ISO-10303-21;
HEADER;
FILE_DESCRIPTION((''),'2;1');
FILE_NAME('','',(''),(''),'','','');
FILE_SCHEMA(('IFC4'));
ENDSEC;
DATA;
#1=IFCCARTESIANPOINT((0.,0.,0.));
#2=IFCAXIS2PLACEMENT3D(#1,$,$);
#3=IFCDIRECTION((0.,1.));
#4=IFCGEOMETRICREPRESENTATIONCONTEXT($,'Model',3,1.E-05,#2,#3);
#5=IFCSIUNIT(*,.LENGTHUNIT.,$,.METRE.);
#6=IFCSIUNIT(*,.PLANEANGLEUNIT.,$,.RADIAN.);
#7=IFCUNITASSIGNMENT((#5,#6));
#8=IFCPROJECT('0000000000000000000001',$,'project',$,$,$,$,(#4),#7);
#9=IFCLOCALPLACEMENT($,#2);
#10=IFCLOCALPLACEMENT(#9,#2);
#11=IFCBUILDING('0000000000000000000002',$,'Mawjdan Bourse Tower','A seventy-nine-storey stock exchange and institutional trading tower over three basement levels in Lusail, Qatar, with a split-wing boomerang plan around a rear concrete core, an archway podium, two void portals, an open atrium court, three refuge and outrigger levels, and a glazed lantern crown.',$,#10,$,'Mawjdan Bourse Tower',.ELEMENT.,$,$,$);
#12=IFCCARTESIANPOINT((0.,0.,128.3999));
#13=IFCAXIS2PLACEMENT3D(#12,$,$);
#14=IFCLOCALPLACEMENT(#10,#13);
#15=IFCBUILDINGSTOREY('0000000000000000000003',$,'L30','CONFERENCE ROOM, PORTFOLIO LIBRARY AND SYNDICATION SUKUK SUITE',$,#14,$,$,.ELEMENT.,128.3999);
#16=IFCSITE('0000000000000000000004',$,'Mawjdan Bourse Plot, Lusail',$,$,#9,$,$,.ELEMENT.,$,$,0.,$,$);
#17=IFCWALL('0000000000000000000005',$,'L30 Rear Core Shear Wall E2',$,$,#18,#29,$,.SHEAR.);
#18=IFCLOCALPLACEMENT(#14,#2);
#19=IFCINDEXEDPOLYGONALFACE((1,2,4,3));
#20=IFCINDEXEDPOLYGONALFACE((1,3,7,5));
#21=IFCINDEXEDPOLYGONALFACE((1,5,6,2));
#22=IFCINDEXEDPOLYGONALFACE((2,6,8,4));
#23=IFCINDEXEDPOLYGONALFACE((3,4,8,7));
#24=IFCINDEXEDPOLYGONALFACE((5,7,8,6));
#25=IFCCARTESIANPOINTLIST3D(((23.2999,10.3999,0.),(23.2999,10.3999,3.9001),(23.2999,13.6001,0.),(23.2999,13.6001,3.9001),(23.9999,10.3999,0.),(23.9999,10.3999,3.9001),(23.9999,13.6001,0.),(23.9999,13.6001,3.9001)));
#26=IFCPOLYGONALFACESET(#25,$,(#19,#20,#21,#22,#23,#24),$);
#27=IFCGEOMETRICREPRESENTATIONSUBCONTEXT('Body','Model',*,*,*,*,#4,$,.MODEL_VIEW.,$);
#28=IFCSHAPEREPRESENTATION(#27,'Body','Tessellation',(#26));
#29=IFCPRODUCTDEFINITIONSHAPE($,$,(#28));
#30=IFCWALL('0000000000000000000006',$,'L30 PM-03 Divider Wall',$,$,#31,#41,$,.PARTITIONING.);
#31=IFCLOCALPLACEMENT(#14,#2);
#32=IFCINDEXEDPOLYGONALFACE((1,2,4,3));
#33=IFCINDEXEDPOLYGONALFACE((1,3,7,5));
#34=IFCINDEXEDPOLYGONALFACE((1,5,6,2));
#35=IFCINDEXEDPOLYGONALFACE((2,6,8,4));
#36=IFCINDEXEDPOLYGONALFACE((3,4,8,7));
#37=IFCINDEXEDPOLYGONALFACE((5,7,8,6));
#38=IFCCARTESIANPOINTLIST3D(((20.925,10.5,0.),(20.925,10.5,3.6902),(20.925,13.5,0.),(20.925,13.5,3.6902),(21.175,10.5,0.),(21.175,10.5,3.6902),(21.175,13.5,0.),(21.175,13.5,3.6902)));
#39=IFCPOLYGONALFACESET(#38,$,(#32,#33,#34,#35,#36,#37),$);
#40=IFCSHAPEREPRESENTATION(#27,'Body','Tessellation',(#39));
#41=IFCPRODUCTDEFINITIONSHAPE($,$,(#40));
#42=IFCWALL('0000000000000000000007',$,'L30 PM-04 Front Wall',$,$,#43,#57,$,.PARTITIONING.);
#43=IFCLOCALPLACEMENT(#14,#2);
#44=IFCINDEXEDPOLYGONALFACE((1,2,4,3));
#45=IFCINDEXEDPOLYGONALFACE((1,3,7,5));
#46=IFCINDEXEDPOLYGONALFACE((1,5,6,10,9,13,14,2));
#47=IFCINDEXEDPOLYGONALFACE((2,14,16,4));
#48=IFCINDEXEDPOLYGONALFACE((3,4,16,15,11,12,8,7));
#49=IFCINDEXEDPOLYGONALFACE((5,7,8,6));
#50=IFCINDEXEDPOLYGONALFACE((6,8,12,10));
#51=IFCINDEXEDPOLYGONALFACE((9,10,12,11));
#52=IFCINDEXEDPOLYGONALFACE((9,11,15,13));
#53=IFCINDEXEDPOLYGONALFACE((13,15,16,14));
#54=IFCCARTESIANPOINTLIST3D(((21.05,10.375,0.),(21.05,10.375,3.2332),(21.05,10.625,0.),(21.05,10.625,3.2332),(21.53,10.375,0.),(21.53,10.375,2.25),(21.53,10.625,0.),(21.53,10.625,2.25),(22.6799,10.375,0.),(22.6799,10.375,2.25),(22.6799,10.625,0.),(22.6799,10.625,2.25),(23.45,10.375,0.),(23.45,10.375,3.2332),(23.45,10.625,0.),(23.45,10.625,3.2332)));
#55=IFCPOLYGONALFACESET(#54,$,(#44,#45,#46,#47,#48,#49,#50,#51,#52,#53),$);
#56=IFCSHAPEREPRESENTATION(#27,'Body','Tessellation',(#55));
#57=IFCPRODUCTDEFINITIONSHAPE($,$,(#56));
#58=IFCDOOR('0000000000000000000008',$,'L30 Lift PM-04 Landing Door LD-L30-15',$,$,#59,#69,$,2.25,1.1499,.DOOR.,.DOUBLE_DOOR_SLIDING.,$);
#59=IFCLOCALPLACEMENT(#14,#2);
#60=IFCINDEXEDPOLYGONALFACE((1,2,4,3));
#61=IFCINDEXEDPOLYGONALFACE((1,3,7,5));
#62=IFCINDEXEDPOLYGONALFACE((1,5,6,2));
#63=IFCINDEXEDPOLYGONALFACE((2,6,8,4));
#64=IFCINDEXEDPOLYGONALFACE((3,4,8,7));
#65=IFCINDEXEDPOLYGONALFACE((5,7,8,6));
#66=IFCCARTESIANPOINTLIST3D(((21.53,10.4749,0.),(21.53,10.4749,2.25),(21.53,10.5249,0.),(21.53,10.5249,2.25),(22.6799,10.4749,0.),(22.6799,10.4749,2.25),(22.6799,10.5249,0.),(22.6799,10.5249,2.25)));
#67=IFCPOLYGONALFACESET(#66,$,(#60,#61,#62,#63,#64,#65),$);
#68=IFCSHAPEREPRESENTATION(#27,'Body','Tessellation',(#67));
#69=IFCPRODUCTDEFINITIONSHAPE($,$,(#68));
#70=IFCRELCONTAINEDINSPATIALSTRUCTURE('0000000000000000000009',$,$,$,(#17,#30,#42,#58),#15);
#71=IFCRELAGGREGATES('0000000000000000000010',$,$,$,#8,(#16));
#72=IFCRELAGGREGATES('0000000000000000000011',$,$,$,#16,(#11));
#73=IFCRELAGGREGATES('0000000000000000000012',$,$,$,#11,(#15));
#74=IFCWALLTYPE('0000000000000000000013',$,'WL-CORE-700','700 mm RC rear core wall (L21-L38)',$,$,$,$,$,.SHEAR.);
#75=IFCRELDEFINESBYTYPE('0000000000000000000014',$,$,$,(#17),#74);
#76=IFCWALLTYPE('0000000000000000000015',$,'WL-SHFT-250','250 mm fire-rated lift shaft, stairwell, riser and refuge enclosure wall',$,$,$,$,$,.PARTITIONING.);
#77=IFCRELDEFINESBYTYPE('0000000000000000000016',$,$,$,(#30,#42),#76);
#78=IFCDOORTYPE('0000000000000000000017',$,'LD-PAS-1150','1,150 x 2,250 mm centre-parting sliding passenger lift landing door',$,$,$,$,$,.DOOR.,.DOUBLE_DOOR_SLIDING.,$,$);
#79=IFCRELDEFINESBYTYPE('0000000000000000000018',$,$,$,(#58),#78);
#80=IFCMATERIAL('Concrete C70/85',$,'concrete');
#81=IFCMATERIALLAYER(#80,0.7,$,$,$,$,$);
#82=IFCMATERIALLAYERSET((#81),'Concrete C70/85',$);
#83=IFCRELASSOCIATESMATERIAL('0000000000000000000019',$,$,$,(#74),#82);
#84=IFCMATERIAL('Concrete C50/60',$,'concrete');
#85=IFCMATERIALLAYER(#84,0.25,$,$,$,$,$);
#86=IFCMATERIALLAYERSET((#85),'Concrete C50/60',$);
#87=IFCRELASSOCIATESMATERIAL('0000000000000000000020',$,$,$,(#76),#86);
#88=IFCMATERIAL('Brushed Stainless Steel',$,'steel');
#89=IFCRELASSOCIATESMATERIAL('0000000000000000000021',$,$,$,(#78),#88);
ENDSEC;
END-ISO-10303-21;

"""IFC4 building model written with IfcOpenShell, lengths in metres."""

from ifc_helpers import new_model, si_unit, direction, frame, frame_2d, origin, place, context, subcontext, project, spatial, rectangle, extrude, material, layer, layer_set, type_object, element, fill, save


model = new_model("IFC4")

# Units and contexts
model_context = context("Model", 3, precision=1e-05, world=origin(), true_north=direction((0.0, 1.0)))
body_context = subcontext(model_context, "Body", "Model", "MODEL_VIEW")
ifc_project = project(units=[si_unit("LENGTHUNIT", "METRE"), si_unit("PLANEANGLEUNIT", "RADIAN")], contexts=[model_context])

# Site, building, storey
site_placement = place(None, origin())
site = spatial("IfcSite", under=ifc_project, at=site_placement, Name="Mawjdan Bourse Plot, Lusail", CompositionType="ELEMENT", RefElevation=0.0)
building_placement = place(site_placement, origin())
building = spatial("IfcBuilding", under=site, at=building_placement, Name="Mawjdan Bourse Tower", Description="A seventy-nine-storey stock exchange and institutional trading tower over three basement levels in Lusail, Qatar, with a split-wing boomerang plan around a rear concrete core, an archway podium, two void portals, an open atrium court, three refuge and outrigger levels, and a glazed lantern crown.", LongName="Mawjdan Bourse Tower", CompositionType="ELEMENT")
storey_placement = place(building_placement, frame((0.0, 0.0, 128.3999)))
storey = spatial("IfcBuildingStorey", under=building, at=storey_placement, Name="L30", Description="CONFERENCE ROOM, PORTFOLIO LIBRARY AND SYNDICATION SUKUK SUITE", CompositionType="ELEMENT", Elevation=128.3999)

# Shared definitions
ifc_material_1 = material(Name="Concrete C70/85", Category="concrete")

# Walls
ifc_layer_1 = layer(ifc_material_1, 0.7)
ifc_layer_set_1 = layer_set([ifc_layer_1], Name="Concrete C70/85")
wall_type_1 = type_object("IfcWallType", Name="WL-CORE-700", Description="700 mm RC rear core wall (L21-L38)", PredefinedType="SHEAR", material=ifc_layer_set_1)
wall_1_placement = place(storey_placement, frame((23.6499, 10.3999, 0.0), z_axis=(0.0, 0.0, 1.0), x_axis=(0.0, 1.0, 0.0)))
element("IfcWall", 1, at=wall_1_placement, inside=storey, type_object=wall_type_1, Name="L30 Rear Core Shear Wall E2", PredefinedType="SHEAR", context=body_context, shape_type="SweptSolid", body=[
    extrude(rectangle(XDim=3.2002, YDim=0.7, at=frame_2d((1.6001, 0.0))), origin(), (0.0, 0.0, 1.0), 3.9001),
])
ifc_material_2 = material(Name="Concrete C50/60", Category="concrete")
ifc_layer_2 = layer(ifc_material_2, 0.25)
ifc_layer_set_2 = layer_set([ifc_layer_2], Name="Concrete C50/60")
wall_type_2 = type_object("IfcWallType", Name="WL-SHFT-250", Description="250 mm fire-rated lift shaft, stairwell, riser and refuge enclosure wall", PredefinedType="PARTITIONING", material=ifc_layer_set_2)
wall_2_placement = place(storey_placement, frame((21.05, 10.5, 0.0), z_axis=(0.0, 0.0, 1.0), x_axis=(0.0, 1.0, 0.0)))
element("IfcWall", 2, at=wall_2_placement, inside=storey, type_object=wall_type_2, Name="L30 PM-03 Divider Wall", PredefinedType="PARTITIONING", context=body_context, shape_type="SweptSolid", body=[
    extrude(rectangle(XDim=3.0, YDim=0.25, at=frame_2d((1.5, 0.0))), origin(), (0.0, 0.0, 1.0), 3.6902),
])

# Wall, opening, door
wall_3_placement = place(storey_placement, frame((21.05, 10.5, 0.0), z_axis=(0.0, 0.0, 1.0), x_axis=(1.0, 0.0, 0.0)))
wall_3 = element("IfcWall", 3, at=wall_3_placement, inside=storey, type_object=wall_type_2, Name="L30 PM-04 Front Wall", PredefinedType="PARTITIONING", context=body_context, shape_type="SweptSolid", body=[
    extrude(rectangle(XDim=2.3999, YDim=0.25, at=frame_2d((1.2, 0.0))), origin(), (0.0, 0.0, 1.0), 3.2332),
])
opening_1_placement = place(wall_3_placement, frame((0.48, 0.0, 0.0)))
opening_1 = element("IfcOpeningElement", 4, at=opening_1_placement, cuts=wall_3, PredefinedType="OPENING", context=body_context, shape_type="SweptSolid", body=[
    extrude(rectangle(XDim=1.1499, YDim=2.25, at=frame_2d((0.575, 1.125))), frame((0.0, 0.135, 0.0), z_axis=(0.0, -1.0, 0.0), x_axis=(1.0, 0.0, 0.0)), (0.0, 0.0, 1.0), 0.27),
])
ifc_material_3 = material(Name="Brushed Stainless Steel", Category="steel")
door_type_1 = type_object("IfcDoorType", Name="LD-PAS-1150", Description="1,150 x 2,250 mm centre-parting sliding passenger lift landing door", OperationType="DOUBLE_DOOR_SLIDING", PredefinedType="DOOR", material=ifc_material_3)
door_1_placement = place(opening_1_placement, origin())
door_1 = element("IfcDoor", 5, at=door_1_placement, inside=storey, type_object=door_type_1, Name="L30 Lift PM-04 Landing Door LD-L30-15", OperationType="DOUBLE_DOOR_SLIDING", OverallHeight=2.25, OverallWidth=1.1499, PredefinedType="DOOR", context=body_context, shape_type="SweptSolid", body=[
    extrude(rectangle(XDim=1.1499, YDim=2.25, at=frame_2d((0.575, 1.125))), frame((0.0, 0.0249, 0.0), z_axis=(0.0, -1.0, 0.0), x_axis=(1.0, 0.0, 0.0)), (0.0, 0.0, 1.0), 0.05),
])
fill(opening_1, door_1)

save(model, "model.ifc")
